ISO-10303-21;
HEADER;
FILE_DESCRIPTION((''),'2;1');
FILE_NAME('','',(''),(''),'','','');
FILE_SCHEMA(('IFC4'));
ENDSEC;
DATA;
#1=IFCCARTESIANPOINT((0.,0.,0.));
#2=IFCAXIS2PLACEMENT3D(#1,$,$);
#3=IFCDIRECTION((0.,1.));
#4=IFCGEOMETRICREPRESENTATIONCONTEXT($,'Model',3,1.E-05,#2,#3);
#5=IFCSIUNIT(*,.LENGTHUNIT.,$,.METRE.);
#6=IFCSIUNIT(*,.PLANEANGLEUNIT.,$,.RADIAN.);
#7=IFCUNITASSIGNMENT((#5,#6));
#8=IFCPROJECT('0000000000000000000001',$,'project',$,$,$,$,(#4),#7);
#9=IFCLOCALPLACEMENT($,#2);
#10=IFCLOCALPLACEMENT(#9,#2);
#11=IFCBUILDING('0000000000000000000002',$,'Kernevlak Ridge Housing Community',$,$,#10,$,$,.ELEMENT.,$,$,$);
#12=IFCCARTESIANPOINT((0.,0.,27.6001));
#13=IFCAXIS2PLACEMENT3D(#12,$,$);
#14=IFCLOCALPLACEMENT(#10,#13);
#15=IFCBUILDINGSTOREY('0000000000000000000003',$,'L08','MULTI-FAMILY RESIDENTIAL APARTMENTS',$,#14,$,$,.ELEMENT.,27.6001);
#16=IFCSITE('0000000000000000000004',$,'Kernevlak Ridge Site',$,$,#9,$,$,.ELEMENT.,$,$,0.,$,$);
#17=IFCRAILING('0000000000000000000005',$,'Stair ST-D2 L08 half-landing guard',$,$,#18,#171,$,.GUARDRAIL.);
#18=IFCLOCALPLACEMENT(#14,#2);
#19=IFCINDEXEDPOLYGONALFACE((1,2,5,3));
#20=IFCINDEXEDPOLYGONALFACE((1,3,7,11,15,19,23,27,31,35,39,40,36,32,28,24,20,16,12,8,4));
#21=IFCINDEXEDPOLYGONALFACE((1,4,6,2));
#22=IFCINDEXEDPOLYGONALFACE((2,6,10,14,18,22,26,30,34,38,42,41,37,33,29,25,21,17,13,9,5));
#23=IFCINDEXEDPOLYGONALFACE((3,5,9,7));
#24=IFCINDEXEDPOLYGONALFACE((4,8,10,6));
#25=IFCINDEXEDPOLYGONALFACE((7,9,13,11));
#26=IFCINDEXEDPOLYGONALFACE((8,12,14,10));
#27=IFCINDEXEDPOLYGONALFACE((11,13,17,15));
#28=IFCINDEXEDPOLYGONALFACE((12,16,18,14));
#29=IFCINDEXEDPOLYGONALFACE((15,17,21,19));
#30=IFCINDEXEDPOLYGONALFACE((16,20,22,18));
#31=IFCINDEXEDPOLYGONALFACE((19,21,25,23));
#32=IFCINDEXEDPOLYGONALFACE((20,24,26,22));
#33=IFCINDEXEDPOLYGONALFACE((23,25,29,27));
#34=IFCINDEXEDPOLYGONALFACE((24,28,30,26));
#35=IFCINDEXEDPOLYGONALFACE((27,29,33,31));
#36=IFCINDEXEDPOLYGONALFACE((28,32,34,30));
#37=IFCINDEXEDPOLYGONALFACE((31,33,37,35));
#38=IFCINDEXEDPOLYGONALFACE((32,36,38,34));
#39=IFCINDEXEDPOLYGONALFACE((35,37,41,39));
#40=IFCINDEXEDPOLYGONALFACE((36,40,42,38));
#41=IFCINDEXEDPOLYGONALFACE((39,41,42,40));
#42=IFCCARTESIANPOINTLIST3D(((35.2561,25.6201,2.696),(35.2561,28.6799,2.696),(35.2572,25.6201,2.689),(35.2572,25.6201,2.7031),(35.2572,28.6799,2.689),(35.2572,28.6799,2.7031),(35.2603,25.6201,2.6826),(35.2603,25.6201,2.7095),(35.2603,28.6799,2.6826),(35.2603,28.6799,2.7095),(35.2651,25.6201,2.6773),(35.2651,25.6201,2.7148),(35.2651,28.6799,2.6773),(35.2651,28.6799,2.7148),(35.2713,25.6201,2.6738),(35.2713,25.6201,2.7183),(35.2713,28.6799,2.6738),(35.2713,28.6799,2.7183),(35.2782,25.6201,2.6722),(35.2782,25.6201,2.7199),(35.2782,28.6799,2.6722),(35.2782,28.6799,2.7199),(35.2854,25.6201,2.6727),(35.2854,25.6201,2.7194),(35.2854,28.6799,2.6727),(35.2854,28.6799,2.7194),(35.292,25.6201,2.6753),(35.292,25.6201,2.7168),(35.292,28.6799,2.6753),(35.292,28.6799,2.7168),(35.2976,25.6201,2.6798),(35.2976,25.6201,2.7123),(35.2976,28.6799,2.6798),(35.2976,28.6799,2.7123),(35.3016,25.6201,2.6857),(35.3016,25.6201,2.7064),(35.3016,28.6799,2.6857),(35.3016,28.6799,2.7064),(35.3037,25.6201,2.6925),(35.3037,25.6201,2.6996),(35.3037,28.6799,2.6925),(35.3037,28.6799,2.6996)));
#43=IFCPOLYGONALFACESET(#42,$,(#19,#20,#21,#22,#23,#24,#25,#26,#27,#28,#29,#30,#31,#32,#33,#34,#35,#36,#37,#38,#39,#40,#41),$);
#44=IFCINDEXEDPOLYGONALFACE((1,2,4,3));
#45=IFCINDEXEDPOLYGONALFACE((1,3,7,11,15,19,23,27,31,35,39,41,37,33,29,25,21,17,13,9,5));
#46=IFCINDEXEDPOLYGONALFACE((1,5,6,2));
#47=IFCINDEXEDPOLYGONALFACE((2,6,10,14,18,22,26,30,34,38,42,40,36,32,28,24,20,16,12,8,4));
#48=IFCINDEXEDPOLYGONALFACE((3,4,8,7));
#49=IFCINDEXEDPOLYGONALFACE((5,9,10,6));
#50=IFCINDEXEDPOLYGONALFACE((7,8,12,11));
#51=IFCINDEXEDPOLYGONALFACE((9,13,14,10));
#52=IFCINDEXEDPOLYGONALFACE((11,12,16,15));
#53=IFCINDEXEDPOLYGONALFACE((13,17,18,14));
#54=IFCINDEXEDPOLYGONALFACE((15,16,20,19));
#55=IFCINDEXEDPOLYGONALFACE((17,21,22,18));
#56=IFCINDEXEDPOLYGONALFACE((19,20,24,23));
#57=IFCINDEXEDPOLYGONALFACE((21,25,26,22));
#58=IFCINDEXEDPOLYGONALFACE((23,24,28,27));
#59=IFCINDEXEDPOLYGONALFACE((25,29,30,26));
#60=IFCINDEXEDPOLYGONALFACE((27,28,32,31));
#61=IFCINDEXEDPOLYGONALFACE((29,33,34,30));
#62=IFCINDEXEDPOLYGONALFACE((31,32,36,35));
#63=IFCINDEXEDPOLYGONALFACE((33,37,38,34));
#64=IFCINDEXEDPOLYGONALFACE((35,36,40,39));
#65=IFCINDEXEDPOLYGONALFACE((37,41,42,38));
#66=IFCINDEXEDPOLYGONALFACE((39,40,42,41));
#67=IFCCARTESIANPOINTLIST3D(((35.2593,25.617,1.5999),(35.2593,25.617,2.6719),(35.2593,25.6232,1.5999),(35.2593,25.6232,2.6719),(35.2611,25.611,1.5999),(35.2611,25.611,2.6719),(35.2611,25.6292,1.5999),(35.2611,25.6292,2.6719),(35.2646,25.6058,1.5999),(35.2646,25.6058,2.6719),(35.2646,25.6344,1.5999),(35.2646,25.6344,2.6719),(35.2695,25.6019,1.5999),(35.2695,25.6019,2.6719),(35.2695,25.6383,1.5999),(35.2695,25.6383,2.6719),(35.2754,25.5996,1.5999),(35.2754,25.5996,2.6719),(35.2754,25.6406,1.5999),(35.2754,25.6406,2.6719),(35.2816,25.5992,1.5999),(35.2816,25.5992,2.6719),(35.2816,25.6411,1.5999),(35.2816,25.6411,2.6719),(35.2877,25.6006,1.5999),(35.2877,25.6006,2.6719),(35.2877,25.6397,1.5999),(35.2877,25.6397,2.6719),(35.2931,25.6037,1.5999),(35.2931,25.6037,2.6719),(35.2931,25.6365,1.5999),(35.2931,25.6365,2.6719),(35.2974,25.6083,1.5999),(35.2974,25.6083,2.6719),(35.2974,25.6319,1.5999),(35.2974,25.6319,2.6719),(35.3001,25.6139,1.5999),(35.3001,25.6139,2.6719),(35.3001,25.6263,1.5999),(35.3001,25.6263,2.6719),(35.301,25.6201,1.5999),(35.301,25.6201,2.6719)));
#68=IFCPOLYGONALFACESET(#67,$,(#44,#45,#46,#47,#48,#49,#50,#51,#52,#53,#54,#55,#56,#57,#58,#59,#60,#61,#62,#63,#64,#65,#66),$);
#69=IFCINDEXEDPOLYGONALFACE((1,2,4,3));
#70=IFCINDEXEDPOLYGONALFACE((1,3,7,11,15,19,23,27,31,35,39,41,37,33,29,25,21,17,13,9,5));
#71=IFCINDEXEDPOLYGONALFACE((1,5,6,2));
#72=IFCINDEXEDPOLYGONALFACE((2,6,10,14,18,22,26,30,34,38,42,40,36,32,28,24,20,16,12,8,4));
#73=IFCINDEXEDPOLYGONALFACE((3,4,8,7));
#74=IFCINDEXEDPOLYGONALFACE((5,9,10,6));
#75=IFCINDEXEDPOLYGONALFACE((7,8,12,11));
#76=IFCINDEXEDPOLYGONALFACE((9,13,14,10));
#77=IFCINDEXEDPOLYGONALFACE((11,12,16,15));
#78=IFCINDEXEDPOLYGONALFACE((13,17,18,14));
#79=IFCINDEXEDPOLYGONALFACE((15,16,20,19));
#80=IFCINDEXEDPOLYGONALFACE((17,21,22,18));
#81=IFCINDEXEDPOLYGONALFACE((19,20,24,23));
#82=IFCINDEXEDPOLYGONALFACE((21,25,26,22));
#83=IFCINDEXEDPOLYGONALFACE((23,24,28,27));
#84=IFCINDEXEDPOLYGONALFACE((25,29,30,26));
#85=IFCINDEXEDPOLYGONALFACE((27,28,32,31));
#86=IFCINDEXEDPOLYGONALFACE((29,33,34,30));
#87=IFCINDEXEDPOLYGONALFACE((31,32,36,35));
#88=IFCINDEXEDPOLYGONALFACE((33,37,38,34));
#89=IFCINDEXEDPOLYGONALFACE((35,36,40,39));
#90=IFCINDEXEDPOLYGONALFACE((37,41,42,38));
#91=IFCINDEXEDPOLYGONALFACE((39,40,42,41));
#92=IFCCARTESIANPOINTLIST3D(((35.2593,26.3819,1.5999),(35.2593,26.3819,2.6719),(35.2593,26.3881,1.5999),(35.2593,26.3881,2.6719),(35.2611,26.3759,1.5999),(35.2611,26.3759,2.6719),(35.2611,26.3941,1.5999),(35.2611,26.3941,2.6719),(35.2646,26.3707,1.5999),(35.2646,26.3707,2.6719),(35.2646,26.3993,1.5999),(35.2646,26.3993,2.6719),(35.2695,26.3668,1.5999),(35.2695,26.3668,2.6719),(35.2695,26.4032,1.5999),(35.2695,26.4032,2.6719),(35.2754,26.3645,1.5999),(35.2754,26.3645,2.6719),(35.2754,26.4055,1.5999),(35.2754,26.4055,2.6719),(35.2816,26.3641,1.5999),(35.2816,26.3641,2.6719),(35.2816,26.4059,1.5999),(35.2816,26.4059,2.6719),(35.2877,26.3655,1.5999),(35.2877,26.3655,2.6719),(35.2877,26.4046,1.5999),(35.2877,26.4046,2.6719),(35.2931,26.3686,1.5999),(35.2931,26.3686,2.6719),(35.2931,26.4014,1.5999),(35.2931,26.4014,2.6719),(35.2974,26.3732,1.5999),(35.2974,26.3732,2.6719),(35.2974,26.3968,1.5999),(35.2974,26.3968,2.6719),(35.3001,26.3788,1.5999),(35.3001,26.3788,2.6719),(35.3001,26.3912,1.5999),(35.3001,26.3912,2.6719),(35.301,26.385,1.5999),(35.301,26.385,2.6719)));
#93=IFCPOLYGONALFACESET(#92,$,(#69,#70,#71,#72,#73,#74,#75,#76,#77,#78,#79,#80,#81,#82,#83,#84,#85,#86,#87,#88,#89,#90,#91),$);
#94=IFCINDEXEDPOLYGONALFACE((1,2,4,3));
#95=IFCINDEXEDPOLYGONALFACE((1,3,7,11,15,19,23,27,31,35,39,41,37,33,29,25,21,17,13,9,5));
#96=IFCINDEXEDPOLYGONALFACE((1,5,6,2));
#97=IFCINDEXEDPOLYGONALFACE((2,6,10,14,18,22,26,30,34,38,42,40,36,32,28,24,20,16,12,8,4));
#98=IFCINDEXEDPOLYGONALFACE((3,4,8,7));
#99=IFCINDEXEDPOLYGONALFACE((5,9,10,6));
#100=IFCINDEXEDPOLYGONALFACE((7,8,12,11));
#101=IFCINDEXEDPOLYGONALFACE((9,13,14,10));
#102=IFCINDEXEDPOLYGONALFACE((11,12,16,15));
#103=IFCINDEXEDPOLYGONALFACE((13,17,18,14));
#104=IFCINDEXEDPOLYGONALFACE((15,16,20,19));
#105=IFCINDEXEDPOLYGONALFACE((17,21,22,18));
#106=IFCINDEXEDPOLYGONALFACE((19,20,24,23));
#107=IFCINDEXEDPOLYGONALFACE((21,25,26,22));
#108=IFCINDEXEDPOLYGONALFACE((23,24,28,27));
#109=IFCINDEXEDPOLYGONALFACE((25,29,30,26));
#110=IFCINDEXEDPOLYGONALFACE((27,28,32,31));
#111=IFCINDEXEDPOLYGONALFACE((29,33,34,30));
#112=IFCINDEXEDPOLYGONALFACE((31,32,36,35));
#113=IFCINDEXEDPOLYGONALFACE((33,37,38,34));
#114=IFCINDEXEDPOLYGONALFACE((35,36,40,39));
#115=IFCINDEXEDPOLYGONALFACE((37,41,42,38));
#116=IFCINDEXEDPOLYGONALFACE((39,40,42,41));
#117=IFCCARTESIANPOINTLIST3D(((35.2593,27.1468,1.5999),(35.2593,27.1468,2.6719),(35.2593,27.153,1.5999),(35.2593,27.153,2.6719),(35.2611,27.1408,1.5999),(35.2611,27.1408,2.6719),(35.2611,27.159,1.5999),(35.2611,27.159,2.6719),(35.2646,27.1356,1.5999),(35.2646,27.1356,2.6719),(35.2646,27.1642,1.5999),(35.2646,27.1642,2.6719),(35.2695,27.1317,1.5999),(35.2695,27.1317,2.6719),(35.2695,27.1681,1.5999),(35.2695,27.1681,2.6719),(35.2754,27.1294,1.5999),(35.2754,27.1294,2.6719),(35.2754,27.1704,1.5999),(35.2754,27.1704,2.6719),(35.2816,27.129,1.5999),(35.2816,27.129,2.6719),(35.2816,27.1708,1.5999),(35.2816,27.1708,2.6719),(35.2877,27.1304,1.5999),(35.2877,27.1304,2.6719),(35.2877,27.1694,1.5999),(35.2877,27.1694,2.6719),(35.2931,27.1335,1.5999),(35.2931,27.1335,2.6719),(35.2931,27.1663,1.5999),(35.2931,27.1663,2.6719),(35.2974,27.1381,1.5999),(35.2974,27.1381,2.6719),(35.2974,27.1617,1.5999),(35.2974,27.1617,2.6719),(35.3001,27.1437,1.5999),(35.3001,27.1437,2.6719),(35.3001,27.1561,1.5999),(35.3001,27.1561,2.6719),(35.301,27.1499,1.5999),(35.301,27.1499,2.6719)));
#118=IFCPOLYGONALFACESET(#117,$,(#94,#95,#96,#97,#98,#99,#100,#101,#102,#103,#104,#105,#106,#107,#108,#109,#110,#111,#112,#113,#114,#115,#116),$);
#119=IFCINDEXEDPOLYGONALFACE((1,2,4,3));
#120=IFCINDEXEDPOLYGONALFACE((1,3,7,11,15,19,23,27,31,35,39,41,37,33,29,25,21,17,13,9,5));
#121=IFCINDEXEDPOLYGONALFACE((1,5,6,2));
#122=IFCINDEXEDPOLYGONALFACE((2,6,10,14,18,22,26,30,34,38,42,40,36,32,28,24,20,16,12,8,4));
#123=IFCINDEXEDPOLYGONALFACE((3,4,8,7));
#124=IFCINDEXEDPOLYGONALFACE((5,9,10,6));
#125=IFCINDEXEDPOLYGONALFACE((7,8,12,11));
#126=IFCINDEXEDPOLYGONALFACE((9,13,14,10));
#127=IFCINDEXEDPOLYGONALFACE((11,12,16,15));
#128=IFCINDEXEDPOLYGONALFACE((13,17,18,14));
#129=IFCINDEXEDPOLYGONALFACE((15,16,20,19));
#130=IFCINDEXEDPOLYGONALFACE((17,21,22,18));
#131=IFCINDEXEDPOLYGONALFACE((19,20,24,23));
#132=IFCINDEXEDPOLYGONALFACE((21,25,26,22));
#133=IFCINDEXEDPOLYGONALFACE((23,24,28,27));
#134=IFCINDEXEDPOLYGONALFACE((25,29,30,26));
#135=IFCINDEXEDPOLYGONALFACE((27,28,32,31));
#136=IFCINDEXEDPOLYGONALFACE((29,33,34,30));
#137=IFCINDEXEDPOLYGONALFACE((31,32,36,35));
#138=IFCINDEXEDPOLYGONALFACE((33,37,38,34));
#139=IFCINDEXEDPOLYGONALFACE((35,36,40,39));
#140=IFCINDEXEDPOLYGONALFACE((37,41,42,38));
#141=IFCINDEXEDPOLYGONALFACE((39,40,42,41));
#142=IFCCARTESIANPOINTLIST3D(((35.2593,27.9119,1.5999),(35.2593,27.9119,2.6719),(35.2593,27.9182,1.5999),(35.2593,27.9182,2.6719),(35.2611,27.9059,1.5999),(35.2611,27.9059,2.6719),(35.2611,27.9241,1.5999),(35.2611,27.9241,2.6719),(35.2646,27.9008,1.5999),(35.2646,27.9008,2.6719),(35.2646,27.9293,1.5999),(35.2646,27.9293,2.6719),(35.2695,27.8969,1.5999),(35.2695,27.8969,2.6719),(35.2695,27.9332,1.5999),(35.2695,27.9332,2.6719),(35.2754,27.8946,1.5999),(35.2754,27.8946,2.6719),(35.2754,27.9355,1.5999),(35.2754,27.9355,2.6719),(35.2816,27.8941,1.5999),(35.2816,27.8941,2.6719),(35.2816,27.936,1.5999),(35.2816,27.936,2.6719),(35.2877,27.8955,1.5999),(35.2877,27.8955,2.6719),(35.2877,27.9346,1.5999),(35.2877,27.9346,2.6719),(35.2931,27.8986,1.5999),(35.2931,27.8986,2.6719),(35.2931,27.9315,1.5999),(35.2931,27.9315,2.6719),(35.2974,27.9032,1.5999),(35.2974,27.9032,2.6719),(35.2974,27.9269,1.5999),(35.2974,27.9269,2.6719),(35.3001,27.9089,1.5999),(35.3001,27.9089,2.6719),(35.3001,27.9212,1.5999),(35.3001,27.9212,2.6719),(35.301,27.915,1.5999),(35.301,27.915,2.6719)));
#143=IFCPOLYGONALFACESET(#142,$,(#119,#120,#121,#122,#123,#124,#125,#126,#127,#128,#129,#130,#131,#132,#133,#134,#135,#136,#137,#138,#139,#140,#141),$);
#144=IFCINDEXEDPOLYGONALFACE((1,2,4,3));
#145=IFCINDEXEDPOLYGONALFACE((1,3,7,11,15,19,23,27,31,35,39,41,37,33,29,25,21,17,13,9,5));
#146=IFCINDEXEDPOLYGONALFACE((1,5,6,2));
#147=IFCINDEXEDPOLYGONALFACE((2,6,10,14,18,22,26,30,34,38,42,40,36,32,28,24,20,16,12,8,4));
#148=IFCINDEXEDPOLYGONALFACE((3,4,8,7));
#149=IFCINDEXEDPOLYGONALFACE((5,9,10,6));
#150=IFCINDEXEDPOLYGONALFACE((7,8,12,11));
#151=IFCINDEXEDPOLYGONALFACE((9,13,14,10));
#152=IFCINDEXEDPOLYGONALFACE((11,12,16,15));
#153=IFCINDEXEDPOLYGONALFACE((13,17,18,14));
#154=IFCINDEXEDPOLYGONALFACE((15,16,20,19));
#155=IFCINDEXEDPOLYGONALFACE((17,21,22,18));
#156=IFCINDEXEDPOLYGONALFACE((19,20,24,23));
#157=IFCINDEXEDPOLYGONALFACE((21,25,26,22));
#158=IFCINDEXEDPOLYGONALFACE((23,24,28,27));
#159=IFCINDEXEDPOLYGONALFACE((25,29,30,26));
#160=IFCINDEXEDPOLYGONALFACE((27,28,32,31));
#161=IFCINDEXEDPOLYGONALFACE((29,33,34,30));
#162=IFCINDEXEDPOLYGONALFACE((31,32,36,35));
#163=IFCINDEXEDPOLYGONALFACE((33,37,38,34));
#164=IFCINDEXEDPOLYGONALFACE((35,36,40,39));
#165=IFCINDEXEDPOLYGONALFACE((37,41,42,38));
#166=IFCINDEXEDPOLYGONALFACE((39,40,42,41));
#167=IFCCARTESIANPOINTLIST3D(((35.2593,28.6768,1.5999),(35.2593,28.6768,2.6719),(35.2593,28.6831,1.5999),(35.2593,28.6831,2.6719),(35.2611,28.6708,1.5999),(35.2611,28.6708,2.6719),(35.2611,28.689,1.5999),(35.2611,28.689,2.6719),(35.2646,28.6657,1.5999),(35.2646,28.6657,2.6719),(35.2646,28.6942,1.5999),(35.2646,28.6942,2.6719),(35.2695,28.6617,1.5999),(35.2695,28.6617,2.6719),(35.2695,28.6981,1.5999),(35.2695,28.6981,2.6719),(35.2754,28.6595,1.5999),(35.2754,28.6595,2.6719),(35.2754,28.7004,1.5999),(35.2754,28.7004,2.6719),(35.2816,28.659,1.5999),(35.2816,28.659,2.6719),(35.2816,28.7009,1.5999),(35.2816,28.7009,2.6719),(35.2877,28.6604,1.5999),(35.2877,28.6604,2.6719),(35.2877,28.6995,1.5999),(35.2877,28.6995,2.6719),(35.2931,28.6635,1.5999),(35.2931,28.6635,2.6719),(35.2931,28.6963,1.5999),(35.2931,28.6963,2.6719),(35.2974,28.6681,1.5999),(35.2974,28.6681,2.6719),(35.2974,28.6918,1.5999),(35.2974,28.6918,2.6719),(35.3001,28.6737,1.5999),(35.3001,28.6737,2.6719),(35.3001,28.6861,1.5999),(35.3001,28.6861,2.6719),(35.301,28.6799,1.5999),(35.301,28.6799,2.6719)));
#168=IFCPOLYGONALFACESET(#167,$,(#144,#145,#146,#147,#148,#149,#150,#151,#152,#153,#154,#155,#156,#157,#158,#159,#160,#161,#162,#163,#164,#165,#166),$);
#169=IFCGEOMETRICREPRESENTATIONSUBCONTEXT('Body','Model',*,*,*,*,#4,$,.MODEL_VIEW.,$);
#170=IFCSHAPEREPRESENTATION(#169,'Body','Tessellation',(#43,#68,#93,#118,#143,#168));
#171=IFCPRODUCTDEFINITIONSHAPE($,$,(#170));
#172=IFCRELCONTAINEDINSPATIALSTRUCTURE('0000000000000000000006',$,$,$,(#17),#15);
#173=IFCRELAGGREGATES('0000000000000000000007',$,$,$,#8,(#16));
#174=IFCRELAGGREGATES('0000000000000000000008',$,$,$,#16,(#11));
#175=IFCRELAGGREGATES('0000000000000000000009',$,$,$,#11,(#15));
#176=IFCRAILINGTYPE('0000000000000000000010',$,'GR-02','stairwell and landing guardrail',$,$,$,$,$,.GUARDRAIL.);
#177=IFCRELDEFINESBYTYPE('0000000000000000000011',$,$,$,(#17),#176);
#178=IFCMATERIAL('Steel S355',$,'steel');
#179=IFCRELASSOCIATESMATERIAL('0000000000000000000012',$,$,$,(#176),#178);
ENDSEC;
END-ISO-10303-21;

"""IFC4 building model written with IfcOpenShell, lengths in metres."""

from ifc_helpers import new_model, si_unit, direction, frame, origin, origin_2d, place, context, subcontext, project, spatial, circle, extrude, material, type_object, element, save


model = new_model("IFC4")

# Units and contexts
model_context = context("Model", 3, precision=1e-05, world=origin(), true_north=direction((0.0, 1.0)))
body_context = subcontext(model_context, "Body", "Model", "MODEL_VIEW")
ifc_project = project(units=[si_unit("LENGTHUNIT", "METRE"), si_unit("PLANEANGLEUNIT", "RADIAN")], contexts=[model_context])

# Site, building, storey
site_placement = place(None, origin())
site = spatial("IfcSite", under=ifc_project, at=site_placement, Name="Kernevlak Ridge Site", CompositionType="ELEMENT", RefElevation=0.0)
building_placement = place(site_placement, origin())
building = spatial("IfcBuilding", under=site, at=building_placement, Name="Kernevlak Ridge Housing Community", CompositionType="ELEMENT")
storey_placement = place(building_placement, frame((0.0, 0.0, 27.6001)))
storey = spatial("IfcBuildingStorey", under=building, at=storey_placement, Name="L08", Description="MULTI-FAMILY RESIDENTIAL APARTMENTS", CompositionType="ELEMENT", Elevation=27.6001)

# Railing
ifc_material_1 = material(Name="Steel S355", Category="steel")
railing_type_1 = type_object("IfcRailingType", Name="GR-02", Description="stairwell and landing guardrail", PredefinedType="GUARDRAIL", material=ifc_material_1)
railing_1_placement = place(storey_placement, frame((35.28, 25.6201, 1.5999)))
element("IfcRailing", 1, at=railing_1_placement, inside=storey, type_object=railing_type_1, Name="Stair ST-D2 L08 half-landing guard", PredefinedType="GUARDRAIL", context=body_context, shape_type="SweptSolid", body=[
    extrude(circle(Radius=0.0239, at=origin_2d()), frame((0.0, 0.0, 1.0962), z_axis=(0.0, 1.0, 0.0), x_axis=(-1.0, 0.0, 0.0)), (0.0, 0.0, 1.0), 3.0598),
    extrude(circle(Radius=0.021, at=origin_2d()), origin(), (0.0, 0.0, 1.0), 1.072),
    extrude(circle(Radius=0.021, at=origin_2d()), frame((0.0, 0.7649, 0.0)), (0.0, 0.0, 1.0), 1.072),
    extrude(circle(Radius=0.021, at=origin_2d()), frame((0.0, 1.5298, 0.0)), (0.0, 0.0, 1.0), 1.072),
    extrude(circle(Radius=0.021, at=origin_2d()), frame((0.0, 2.2949, 0.0)), (0.0, 0.0, 1.0), 1.072),
    extrude(circle(Radius=0.021, at=origin_2d()), frame((0.0, 3.0598, 0.0)), (0.0, 0.0, 1.0), 1.072),
])

save(model, "model.ifc")
